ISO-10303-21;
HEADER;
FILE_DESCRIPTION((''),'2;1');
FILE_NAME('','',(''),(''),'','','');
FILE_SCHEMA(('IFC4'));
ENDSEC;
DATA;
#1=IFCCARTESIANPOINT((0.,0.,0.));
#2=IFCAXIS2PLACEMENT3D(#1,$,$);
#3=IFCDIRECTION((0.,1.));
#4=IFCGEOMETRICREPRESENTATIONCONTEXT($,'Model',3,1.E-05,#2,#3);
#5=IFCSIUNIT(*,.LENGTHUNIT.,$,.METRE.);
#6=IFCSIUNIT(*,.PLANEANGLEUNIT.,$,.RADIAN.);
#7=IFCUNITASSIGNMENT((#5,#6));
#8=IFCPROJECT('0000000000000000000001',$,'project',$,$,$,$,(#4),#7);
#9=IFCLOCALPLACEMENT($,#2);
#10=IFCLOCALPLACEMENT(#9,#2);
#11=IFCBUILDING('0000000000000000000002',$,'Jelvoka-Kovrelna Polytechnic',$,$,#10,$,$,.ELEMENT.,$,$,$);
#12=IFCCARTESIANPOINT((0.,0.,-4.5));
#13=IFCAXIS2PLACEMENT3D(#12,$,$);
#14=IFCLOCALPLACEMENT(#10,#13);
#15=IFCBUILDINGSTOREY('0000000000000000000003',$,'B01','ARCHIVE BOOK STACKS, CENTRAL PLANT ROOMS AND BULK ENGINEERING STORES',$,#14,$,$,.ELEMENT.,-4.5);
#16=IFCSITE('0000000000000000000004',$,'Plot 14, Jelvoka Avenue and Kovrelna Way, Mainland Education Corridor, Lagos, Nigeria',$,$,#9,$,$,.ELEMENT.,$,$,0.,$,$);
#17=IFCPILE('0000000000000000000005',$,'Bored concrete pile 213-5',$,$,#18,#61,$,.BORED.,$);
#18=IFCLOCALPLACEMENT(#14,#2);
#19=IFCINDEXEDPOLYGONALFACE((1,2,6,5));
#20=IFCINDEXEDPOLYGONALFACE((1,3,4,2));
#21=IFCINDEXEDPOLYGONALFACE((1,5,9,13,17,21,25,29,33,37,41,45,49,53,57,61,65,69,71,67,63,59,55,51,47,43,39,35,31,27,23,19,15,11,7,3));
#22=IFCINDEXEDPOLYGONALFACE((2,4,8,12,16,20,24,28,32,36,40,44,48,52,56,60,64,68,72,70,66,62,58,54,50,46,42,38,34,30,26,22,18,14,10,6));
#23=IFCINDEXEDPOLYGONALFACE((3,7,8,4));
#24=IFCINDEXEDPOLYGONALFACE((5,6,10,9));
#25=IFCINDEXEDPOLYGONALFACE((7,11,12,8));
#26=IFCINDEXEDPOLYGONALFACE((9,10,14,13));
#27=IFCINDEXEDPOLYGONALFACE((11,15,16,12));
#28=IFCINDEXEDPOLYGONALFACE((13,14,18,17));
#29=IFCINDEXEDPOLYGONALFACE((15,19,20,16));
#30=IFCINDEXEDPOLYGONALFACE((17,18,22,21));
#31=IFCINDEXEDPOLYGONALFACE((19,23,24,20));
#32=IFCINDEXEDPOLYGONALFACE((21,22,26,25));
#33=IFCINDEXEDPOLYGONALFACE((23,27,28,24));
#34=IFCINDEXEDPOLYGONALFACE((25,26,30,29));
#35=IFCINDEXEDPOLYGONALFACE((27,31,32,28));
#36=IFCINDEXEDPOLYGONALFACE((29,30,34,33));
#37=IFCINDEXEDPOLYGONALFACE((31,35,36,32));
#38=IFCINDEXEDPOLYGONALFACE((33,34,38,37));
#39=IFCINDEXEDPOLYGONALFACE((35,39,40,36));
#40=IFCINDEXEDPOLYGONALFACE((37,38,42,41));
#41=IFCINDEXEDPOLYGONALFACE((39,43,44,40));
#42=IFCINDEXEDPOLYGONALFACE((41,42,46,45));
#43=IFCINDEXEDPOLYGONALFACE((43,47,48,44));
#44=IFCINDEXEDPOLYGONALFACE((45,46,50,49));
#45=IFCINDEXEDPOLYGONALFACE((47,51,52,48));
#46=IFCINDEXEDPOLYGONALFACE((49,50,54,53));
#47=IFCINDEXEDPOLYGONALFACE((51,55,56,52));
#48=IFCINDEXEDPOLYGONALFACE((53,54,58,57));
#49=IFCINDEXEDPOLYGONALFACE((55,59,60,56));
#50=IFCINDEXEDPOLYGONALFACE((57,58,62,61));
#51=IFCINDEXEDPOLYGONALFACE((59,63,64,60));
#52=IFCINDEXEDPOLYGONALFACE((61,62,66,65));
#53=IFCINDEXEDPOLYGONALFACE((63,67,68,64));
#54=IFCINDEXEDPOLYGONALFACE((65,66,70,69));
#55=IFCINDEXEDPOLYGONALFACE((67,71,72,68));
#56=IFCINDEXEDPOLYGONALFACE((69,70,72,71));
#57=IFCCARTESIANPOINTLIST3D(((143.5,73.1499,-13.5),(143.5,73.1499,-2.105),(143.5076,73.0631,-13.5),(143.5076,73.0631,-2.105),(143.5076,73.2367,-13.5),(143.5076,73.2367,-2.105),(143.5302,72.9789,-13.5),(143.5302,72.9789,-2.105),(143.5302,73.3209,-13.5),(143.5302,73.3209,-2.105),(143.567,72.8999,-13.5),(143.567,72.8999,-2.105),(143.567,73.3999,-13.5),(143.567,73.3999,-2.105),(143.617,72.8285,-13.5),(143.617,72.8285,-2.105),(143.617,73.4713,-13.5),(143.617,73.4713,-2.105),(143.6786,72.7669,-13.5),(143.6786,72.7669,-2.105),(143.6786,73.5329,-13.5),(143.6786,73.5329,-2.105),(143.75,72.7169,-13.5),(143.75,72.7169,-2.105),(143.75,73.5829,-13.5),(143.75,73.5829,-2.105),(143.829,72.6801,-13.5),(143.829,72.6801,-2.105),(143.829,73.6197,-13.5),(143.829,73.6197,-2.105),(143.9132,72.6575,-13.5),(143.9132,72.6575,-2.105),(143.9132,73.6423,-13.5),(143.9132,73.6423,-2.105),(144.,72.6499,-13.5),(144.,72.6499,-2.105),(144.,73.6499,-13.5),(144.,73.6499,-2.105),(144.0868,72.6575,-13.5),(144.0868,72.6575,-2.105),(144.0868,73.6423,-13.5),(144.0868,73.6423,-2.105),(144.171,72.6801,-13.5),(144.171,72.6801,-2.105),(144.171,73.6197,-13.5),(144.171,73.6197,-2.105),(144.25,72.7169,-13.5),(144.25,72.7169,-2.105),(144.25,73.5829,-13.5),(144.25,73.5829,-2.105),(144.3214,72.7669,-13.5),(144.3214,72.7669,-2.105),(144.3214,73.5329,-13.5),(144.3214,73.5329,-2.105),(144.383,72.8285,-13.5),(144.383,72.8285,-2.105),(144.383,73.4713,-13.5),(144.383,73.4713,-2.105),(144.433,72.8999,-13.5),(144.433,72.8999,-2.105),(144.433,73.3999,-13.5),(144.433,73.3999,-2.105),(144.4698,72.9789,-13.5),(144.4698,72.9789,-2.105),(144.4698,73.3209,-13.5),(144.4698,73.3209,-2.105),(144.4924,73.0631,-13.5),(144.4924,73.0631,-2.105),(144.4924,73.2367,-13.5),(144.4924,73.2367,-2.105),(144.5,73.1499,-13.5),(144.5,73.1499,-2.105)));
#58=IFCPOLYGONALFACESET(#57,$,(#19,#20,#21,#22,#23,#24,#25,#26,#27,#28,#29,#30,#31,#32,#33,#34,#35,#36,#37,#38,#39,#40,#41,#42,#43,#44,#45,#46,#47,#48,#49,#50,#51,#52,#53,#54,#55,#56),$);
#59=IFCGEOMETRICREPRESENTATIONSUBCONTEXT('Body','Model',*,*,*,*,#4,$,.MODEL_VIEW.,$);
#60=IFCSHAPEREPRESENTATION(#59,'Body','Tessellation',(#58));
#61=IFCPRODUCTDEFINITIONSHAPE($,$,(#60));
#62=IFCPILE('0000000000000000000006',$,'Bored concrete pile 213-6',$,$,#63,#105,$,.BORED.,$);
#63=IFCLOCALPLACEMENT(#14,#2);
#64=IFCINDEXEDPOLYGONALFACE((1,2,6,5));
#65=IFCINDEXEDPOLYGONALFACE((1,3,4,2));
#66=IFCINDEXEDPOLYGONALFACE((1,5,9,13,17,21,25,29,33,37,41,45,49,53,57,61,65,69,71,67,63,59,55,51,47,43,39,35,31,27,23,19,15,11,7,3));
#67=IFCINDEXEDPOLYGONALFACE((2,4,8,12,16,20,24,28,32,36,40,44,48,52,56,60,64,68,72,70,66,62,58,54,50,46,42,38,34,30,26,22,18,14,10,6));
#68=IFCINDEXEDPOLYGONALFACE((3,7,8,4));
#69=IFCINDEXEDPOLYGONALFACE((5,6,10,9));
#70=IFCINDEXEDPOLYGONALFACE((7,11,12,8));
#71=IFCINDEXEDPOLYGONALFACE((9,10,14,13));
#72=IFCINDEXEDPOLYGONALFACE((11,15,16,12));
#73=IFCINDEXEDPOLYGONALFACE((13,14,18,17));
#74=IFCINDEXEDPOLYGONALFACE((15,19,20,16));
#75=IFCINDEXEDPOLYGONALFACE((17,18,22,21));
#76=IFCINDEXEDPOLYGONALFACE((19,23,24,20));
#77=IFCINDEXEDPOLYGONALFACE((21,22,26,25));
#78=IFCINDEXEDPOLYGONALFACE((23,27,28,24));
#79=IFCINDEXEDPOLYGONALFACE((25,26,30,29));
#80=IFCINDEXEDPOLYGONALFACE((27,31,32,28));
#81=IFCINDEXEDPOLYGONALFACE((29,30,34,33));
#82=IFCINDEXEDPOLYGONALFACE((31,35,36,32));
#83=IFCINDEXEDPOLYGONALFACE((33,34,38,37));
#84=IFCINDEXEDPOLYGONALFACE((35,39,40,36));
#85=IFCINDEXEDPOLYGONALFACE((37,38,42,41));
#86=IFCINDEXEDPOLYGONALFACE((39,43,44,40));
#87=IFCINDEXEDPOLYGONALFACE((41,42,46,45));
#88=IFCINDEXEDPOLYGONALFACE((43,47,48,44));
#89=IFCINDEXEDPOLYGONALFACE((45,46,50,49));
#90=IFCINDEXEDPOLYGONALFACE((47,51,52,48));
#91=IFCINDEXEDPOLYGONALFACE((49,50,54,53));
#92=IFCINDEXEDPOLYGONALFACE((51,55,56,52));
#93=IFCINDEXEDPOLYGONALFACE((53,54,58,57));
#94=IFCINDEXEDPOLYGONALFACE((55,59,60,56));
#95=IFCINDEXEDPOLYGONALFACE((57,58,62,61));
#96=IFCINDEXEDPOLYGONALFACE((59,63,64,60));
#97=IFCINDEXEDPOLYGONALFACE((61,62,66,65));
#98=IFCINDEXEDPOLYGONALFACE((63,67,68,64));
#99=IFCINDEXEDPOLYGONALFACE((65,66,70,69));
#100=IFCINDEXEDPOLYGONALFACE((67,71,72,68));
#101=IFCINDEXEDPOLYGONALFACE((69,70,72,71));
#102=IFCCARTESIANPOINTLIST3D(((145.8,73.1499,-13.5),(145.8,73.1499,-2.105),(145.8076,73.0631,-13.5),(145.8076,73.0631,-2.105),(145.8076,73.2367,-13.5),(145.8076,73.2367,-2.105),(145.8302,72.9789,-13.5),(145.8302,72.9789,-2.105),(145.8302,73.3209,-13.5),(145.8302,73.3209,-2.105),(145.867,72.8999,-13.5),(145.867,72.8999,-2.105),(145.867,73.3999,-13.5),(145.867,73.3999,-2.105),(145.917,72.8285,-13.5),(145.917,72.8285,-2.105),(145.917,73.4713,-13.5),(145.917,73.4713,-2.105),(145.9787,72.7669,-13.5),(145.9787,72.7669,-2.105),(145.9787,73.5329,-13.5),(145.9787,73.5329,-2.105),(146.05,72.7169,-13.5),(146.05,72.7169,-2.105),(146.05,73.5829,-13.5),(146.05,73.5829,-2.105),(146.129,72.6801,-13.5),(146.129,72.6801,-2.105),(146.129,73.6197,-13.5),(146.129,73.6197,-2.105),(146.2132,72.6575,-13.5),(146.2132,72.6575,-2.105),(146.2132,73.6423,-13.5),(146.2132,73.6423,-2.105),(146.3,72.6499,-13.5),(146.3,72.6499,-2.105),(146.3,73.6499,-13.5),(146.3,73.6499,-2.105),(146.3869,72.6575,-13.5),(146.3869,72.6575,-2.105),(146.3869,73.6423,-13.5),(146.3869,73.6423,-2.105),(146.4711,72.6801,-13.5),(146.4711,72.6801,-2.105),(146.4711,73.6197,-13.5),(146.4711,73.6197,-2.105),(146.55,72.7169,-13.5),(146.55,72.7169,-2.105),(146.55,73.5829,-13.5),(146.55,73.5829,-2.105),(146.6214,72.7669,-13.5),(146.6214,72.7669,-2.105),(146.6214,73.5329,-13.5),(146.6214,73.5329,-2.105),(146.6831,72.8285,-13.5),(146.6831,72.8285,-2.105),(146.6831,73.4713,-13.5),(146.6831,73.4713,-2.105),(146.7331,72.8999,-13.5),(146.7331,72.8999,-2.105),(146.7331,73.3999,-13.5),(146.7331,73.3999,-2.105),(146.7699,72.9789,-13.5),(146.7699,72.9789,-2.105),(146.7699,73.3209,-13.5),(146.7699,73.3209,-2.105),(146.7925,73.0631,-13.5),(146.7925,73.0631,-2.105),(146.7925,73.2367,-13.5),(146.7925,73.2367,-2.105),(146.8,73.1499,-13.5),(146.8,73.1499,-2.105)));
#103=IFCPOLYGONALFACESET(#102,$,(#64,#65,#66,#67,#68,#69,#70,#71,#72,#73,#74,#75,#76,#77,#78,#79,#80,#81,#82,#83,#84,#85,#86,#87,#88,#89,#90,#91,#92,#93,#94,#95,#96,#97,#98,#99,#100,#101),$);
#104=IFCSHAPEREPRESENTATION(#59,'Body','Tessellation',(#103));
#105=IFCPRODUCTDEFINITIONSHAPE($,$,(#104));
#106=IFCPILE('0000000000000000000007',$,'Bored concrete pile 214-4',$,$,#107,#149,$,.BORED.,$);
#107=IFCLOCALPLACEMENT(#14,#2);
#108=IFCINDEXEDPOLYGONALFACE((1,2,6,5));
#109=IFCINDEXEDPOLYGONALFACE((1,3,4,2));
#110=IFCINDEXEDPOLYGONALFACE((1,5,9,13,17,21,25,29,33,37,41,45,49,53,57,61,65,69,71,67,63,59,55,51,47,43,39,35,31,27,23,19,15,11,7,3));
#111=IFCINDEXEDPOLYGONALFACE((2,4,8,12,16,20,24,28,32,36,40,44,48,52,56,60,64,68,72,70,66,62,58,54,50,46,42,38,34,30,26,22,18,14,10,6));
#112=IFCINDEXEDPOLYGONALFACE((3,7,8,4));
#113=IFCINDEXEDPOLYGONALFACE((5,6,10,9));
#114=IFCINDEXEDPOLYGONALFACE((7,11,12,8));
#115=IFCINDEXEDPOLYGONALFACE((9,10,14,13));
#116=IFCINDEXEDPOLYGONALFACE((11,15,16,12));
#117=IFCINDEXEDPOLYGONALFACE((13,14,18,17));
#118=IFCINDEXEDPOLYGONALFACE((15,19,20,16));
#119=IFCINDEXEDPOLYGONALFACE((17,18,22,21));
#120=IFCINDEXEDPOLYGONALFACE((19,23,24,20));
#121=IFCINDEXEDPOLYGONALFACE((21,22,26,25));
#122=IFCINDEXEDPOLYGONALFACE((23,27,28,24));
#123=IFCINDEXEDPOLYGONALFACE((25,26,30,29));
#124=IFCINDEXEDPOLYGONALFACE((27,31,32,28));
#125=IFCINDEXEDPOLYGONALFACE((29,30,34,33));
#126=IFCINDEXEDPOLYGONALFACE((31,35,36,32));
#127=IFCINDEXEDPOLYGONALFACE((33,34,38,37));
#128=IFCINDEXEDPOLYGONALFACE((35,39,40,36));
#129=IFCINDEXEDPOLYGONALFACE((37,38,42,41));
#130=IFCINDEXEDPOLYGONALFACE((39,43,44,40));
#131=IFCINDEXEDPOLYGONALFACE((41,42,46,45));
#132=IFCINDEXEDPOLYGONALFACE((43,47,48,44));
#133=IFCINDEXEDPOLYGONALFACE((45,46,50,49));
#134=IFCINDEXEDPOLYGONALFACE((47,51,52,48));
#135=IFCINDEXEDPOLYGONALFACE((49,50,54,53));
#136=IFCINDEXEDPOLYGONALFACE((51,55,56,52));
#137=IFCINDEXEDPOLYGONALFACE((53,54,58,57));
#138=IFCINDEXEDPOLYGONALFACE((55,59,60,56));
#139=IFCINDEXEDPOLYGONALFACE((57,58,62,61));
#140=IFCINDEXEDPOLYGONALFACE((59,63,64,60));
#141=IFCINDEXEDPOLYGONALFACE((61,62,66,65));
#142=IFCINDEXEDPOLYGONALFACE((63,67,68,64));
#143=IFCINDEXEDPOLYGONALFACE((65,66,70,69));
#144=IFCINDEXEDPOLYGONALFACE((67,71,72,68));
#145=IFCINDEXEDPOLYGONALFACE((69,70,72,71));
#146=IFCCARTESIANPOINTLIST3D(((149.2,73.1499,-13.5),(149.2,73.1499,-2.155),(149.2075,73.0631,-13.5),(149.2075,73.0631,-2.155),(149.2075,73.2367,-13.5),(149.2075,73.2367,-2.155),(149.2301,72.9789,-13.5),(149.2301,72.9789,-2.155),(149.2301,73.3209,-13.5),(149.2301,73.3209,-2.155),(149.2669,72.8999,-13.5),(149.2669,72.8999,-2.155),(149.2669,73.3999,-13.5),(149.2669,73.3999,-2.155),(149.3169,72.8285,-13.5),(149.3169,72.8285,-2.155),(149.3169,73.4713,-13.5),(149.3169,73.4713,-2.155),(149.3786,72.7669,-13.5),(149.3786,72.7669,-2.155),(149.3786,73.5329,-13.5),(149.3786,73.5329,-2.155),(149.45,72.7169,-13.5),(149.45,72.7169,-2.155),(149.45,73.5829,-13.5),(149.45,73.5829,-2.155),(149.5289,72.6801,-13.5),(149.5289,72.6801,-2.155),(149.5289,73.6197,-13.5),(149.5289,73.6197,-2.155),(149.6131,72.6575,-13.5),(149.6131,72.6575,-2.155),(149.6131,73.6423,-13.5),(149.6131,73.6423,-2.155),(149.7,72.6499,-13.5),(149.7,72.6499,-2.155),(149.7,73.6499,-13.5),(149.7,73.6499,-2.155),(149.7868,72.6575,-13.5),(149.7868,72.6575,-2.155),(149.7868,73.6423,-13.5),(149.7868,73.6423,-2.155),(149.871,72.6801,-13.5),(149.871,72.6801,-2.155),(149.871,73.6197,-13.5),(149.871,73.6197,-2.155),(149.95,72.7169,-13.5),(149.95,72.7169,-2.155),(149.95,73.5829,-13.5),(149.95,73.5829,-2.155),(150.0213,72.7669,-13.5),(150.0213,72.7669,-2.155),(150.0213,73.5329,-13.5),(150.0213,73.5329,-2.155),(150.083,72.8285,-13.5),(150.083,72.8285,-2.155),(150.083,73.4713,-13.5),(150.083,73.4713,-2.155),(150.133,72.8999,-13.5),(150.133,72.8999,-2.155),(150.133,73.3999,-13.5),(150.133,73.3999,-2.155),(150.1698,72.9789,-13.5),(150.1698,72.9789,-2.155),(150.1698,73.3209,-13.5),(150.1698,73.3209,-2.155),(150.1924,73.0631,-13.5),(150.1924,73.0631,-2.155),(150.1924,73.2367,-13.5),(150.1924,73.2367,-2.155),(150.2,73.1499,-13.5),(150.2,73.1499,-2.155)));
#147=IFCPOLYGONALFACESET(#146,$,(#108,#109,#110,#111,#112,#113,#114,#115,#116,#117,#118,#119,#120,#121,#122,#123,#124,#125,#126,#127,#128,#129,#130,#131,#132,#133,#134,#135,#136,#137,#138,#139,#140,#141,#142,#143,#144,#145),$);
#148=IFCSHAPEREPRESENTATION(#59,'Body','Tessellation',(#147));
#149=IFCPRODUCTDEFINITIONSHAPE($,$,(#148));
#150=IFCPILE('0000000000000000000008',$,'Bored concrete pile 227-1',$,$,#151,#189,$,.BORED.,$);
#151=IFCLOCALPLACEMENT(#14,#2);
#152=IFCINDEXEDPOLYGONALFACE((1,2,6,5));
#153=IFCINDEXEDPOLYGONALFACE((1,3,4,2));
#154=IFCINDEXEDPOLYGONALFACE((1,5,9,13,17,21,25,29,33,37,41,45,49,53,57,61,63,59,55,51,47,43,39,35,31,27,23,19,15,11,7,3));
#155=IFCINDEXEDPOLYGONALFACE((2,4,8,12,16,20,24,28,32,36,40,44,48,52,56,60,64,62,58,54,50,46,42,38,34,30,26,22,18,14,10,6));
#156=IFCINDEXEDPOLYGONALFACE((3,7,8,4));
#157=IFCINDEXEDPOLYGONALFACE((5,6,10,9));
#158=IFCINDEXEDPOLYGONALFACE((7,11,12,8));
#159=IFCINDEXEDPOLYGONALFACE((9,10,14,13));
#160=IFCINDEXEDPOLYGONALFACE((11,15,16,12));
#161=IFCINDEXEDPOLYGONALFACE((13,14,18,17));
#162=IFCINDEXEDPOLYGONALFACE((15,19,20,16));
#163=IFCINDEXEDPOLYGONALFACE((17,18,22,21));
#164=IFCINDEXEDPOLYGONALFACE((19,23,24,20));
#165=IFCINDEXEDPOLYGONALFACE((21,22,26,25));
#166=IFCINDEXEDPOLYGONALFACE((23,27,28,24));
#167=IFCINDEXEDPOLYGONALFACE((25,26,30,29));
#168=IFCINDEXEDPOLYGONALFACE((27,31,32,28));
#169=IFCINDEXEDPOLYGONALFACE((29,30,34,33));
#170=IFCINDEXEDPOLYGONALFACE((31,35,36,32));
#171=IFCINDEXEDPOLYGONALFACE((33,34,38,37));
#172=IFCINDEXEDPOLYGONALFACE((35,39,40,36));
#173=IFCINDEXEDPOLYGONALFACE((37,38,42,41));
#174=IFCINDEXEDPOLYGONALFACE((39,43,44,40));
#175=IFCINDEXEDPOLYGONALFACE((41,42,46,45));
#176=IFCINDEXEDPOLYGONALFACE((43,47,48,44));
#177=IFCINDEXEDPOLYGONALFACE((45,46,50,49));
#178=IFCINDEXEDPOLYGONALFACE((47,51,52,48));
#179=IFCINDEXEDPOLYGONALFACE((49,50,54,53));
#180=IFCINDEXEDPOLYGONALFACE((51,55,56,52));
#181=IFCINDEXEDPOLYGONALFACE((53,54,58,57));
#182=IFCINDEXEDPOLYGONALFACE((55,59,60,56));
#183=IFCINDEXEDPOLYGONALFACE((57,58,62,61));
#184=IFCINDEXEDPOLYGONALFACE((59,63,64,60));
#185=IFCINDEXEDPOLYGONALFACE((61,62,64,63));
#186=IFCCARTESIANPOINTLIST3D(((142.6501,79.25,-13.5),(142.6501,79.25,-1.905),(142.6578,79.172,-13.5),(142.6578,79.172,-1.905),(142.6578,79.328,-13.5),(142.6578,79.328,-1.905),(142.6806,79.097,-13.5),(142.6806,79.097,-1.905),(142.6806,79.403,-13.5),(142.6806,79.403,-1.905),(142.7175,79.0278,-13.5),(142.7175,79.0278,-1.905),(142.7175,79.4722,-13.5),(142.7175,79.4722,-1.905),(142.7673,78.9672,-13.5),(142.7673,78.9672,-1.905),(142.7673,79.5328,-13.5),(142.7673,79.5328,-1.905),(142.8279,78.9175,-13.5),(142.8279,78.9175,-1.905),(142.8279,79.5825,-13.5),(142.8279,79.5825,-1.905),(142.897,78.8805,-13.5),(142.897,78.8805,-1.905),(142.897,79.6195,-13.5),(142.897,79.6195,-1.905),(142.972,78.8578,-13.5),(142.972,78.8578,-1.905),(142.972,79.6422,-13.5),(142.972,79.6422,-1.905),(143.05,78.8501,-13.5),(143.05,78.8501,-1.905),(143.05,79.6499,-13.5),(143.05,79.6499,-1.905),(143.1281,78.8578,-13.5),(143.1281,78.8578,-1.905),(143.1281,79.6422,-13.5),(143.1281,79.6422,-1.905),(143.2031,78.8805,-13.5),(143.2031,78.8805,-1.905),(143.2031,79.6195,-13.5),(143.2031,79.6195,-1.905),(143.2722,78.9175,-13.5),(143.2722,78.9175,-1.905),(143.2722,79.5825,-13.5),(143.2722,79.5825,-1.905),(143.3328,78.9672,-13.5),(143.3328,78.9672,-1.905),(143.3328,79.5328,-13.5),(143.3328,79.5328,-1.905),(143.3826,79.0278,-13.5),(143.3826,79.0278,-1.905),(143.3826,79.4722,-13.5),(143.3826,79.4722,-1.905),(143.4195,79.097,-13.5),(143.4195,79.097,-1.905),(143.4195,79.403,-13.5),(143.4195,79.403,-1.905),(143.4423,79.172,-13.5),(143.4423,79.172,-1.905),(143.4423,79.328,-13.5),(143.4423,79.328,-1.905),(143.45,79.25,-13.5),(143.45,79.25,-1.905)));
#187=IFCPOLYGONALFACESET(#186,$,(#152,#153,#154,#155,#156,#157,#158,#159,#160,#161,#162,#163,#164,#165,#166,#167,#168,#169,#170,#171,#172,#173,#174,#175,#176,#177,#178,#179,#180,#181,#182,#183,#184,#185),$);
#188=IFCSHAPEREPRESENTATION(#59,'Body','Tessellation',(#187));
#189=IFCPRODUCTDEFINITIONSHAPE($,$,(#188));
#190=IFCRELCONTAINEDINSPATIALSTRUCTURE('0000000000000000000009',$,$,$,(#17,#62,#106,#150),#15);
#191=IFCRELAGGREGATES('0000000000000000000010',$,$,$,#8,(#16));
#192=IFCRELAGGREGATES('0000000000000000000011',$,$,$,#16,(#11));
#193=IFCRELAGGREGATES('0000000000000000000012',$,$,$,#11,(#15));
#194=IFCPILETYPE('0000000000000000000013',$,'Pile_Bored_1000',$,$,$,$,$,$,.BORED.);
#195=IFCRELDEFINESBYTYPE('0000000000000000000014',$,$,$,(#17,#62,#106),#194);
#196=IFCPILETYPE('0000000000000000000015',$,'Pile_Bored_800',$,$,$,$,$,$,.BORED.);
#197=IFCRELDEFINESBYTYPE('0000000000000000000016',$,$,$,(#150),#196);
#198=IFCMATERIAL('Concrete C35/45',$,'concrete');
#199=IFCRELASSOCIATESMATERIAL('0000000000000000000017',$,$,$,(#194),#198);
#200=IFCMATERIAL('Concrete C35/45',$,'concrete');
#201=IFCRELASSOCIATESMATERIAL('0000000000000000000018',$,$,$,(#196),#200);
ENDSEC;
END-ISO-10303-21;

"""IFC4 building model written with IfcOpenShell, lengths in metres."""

from ifc_helpers import new_model, si_unit, direction, frame, origin, origin_2d, place, context, subcontext, project, spatial, circle, extrude, material, material_profile, profile_set, type_object, element, save


model = new_model("IFC4")

# Units and contexts
model_context = context("Model", 3, precision=1e-05, world=origin(), true_north=direction((0.0, 1.0)))
body_context = subcontext(model_context, "Body", "Model", "MODEL_VIEW")
ifc_project = project(units=[si_unit("LENGTHUNIT", "METRE"), si_unit("PLANEANGLEUNIT", "RADIAN")], contexts=[model_context])

# Site, building, storey
site_placement = place(None, origin())
site = spatial("IfcSite", under=ifc_project, at=site_placement, Name="Plot 14, Jelvoka Avenue and Kovrelna Way, Mainland Education Corridor, Lagos, Nigeria", CompositionType="ELEMENT", RefElevation=0.0)
building_placement = place(site_placement, origin())
building = spatial("IfcBuilding", under=site, at=building_placement, Name="Jelvoka-Kovrelna Polytechnic", CompositionType="ELEMENT")
storey_placement = place(building_placement, frame((0.0, 0.0, -4.5)))
storey = spatial("IfcBuildingStorey", under=building, at=storey_placement, Name="B01", Description="ARCHIVE BOOK STACKS, CENTRAL PLANT ROOMS AND BULK ENGINEERING STORES", CompositionType="ELEMENT", Elevation=-4.5)

# Piles
ifc_material_1 = material(Name="Concrete C35/45", Category="concrete")
ifc_material_profile_1 = material_profile(ifc_material_1, circle(Radius=0.5, at=origin_2d()), Name="PILE D1000")
ifc_profile_set_1 = profile_set([ifc_material_profile_1], Name="Concrete C35/45")
pile_type_1 = type_object("IfcPileType", Name="Pile_Bored_1000", PredefinedType="BORED", material=ifc_profile_set_1)
for number, where, z_axis, x_axis, name in (
    (1, (144.0, 73.1499, -2.105), (0.0, 0.0, -1.0), (1.0, 0.0, 0.0), "Bored concrete pile 213-5"),
    (2, (146.3, 73.1499, -2.105), (0.0, 0.0, -1.0), (1.0, 0.0, 0.0), "Bored concrete pile 213-6"),
):
    element("IfcPile", number, at=place(storey_placement, frame(where, z_axis=z_axis, x_axis=x_axis)), inside=storey, type_object=pile_type_1, Name=name, PredefinedType="BORED", context=body_context, shape_type="SweptSolid", body=[
        extrude(circle(Radius=0.5, at=origin_2d()), origin(), (0.0, 0.0, 1.0), 11.395),
    ])
pile_1_placement = place(storey_placement, frame((149.7, 73.1499, -2.155), z_axis=(0.0, 0.0, -1.0), x_axis=(1.0, 0.0, 0.0)))
element("IfcPile", 3, at=pile_1_placement, inside=storey, type_object=pile_type_1, Name="Bored concrete pile 214-4", PredefinedType="BORED", context=body_context, shape_type="SweptSolid", body=[
    extrude(circle(Radius=0.5, at=origin_2d()), origin(), (0.0, 0.0, 1.0), 11.345),
])
ifc_material_2 = material(Name="Concrete C35/45", Category="concrete")
ifc_material_profile_2 = material_profile(ifc_material_2, circle(Radius=0.3999, at=origin_2d()), Name="PILE D800")
ifc_profile_set_2 = profile_set([ifc_material_profile_2], Name="Concrete C35/45")
pile_type_2 = type_object("IfcPileType", Name="Pile_Bored_800", PredefinedType="BORED", material=ifc_profile_set_2)
for number, where, z_axis, x_axis, name in (
    (4, (143.05, 79.25, -1.905), (0.0, 0.0, -1.0), (1.0, 0.0, 0.0), "Bored concrete pile 227-1"),
):
    element("IfcPile", number, at=place(storey_placement, frame(where, z_axis=z_axis, x_axis=x_axis)), inside=storey, type_object=pile_type_2, Name=name, PredefinedType="BORED", context=body_context, shape_type="SweptSolid", body=[
        extrude(circle(Radius=0.3999, at=origin_2d()), origin(), (0.0, 0.0, 1.0), 11.595),
    ])

save(model, "model.ifc")
